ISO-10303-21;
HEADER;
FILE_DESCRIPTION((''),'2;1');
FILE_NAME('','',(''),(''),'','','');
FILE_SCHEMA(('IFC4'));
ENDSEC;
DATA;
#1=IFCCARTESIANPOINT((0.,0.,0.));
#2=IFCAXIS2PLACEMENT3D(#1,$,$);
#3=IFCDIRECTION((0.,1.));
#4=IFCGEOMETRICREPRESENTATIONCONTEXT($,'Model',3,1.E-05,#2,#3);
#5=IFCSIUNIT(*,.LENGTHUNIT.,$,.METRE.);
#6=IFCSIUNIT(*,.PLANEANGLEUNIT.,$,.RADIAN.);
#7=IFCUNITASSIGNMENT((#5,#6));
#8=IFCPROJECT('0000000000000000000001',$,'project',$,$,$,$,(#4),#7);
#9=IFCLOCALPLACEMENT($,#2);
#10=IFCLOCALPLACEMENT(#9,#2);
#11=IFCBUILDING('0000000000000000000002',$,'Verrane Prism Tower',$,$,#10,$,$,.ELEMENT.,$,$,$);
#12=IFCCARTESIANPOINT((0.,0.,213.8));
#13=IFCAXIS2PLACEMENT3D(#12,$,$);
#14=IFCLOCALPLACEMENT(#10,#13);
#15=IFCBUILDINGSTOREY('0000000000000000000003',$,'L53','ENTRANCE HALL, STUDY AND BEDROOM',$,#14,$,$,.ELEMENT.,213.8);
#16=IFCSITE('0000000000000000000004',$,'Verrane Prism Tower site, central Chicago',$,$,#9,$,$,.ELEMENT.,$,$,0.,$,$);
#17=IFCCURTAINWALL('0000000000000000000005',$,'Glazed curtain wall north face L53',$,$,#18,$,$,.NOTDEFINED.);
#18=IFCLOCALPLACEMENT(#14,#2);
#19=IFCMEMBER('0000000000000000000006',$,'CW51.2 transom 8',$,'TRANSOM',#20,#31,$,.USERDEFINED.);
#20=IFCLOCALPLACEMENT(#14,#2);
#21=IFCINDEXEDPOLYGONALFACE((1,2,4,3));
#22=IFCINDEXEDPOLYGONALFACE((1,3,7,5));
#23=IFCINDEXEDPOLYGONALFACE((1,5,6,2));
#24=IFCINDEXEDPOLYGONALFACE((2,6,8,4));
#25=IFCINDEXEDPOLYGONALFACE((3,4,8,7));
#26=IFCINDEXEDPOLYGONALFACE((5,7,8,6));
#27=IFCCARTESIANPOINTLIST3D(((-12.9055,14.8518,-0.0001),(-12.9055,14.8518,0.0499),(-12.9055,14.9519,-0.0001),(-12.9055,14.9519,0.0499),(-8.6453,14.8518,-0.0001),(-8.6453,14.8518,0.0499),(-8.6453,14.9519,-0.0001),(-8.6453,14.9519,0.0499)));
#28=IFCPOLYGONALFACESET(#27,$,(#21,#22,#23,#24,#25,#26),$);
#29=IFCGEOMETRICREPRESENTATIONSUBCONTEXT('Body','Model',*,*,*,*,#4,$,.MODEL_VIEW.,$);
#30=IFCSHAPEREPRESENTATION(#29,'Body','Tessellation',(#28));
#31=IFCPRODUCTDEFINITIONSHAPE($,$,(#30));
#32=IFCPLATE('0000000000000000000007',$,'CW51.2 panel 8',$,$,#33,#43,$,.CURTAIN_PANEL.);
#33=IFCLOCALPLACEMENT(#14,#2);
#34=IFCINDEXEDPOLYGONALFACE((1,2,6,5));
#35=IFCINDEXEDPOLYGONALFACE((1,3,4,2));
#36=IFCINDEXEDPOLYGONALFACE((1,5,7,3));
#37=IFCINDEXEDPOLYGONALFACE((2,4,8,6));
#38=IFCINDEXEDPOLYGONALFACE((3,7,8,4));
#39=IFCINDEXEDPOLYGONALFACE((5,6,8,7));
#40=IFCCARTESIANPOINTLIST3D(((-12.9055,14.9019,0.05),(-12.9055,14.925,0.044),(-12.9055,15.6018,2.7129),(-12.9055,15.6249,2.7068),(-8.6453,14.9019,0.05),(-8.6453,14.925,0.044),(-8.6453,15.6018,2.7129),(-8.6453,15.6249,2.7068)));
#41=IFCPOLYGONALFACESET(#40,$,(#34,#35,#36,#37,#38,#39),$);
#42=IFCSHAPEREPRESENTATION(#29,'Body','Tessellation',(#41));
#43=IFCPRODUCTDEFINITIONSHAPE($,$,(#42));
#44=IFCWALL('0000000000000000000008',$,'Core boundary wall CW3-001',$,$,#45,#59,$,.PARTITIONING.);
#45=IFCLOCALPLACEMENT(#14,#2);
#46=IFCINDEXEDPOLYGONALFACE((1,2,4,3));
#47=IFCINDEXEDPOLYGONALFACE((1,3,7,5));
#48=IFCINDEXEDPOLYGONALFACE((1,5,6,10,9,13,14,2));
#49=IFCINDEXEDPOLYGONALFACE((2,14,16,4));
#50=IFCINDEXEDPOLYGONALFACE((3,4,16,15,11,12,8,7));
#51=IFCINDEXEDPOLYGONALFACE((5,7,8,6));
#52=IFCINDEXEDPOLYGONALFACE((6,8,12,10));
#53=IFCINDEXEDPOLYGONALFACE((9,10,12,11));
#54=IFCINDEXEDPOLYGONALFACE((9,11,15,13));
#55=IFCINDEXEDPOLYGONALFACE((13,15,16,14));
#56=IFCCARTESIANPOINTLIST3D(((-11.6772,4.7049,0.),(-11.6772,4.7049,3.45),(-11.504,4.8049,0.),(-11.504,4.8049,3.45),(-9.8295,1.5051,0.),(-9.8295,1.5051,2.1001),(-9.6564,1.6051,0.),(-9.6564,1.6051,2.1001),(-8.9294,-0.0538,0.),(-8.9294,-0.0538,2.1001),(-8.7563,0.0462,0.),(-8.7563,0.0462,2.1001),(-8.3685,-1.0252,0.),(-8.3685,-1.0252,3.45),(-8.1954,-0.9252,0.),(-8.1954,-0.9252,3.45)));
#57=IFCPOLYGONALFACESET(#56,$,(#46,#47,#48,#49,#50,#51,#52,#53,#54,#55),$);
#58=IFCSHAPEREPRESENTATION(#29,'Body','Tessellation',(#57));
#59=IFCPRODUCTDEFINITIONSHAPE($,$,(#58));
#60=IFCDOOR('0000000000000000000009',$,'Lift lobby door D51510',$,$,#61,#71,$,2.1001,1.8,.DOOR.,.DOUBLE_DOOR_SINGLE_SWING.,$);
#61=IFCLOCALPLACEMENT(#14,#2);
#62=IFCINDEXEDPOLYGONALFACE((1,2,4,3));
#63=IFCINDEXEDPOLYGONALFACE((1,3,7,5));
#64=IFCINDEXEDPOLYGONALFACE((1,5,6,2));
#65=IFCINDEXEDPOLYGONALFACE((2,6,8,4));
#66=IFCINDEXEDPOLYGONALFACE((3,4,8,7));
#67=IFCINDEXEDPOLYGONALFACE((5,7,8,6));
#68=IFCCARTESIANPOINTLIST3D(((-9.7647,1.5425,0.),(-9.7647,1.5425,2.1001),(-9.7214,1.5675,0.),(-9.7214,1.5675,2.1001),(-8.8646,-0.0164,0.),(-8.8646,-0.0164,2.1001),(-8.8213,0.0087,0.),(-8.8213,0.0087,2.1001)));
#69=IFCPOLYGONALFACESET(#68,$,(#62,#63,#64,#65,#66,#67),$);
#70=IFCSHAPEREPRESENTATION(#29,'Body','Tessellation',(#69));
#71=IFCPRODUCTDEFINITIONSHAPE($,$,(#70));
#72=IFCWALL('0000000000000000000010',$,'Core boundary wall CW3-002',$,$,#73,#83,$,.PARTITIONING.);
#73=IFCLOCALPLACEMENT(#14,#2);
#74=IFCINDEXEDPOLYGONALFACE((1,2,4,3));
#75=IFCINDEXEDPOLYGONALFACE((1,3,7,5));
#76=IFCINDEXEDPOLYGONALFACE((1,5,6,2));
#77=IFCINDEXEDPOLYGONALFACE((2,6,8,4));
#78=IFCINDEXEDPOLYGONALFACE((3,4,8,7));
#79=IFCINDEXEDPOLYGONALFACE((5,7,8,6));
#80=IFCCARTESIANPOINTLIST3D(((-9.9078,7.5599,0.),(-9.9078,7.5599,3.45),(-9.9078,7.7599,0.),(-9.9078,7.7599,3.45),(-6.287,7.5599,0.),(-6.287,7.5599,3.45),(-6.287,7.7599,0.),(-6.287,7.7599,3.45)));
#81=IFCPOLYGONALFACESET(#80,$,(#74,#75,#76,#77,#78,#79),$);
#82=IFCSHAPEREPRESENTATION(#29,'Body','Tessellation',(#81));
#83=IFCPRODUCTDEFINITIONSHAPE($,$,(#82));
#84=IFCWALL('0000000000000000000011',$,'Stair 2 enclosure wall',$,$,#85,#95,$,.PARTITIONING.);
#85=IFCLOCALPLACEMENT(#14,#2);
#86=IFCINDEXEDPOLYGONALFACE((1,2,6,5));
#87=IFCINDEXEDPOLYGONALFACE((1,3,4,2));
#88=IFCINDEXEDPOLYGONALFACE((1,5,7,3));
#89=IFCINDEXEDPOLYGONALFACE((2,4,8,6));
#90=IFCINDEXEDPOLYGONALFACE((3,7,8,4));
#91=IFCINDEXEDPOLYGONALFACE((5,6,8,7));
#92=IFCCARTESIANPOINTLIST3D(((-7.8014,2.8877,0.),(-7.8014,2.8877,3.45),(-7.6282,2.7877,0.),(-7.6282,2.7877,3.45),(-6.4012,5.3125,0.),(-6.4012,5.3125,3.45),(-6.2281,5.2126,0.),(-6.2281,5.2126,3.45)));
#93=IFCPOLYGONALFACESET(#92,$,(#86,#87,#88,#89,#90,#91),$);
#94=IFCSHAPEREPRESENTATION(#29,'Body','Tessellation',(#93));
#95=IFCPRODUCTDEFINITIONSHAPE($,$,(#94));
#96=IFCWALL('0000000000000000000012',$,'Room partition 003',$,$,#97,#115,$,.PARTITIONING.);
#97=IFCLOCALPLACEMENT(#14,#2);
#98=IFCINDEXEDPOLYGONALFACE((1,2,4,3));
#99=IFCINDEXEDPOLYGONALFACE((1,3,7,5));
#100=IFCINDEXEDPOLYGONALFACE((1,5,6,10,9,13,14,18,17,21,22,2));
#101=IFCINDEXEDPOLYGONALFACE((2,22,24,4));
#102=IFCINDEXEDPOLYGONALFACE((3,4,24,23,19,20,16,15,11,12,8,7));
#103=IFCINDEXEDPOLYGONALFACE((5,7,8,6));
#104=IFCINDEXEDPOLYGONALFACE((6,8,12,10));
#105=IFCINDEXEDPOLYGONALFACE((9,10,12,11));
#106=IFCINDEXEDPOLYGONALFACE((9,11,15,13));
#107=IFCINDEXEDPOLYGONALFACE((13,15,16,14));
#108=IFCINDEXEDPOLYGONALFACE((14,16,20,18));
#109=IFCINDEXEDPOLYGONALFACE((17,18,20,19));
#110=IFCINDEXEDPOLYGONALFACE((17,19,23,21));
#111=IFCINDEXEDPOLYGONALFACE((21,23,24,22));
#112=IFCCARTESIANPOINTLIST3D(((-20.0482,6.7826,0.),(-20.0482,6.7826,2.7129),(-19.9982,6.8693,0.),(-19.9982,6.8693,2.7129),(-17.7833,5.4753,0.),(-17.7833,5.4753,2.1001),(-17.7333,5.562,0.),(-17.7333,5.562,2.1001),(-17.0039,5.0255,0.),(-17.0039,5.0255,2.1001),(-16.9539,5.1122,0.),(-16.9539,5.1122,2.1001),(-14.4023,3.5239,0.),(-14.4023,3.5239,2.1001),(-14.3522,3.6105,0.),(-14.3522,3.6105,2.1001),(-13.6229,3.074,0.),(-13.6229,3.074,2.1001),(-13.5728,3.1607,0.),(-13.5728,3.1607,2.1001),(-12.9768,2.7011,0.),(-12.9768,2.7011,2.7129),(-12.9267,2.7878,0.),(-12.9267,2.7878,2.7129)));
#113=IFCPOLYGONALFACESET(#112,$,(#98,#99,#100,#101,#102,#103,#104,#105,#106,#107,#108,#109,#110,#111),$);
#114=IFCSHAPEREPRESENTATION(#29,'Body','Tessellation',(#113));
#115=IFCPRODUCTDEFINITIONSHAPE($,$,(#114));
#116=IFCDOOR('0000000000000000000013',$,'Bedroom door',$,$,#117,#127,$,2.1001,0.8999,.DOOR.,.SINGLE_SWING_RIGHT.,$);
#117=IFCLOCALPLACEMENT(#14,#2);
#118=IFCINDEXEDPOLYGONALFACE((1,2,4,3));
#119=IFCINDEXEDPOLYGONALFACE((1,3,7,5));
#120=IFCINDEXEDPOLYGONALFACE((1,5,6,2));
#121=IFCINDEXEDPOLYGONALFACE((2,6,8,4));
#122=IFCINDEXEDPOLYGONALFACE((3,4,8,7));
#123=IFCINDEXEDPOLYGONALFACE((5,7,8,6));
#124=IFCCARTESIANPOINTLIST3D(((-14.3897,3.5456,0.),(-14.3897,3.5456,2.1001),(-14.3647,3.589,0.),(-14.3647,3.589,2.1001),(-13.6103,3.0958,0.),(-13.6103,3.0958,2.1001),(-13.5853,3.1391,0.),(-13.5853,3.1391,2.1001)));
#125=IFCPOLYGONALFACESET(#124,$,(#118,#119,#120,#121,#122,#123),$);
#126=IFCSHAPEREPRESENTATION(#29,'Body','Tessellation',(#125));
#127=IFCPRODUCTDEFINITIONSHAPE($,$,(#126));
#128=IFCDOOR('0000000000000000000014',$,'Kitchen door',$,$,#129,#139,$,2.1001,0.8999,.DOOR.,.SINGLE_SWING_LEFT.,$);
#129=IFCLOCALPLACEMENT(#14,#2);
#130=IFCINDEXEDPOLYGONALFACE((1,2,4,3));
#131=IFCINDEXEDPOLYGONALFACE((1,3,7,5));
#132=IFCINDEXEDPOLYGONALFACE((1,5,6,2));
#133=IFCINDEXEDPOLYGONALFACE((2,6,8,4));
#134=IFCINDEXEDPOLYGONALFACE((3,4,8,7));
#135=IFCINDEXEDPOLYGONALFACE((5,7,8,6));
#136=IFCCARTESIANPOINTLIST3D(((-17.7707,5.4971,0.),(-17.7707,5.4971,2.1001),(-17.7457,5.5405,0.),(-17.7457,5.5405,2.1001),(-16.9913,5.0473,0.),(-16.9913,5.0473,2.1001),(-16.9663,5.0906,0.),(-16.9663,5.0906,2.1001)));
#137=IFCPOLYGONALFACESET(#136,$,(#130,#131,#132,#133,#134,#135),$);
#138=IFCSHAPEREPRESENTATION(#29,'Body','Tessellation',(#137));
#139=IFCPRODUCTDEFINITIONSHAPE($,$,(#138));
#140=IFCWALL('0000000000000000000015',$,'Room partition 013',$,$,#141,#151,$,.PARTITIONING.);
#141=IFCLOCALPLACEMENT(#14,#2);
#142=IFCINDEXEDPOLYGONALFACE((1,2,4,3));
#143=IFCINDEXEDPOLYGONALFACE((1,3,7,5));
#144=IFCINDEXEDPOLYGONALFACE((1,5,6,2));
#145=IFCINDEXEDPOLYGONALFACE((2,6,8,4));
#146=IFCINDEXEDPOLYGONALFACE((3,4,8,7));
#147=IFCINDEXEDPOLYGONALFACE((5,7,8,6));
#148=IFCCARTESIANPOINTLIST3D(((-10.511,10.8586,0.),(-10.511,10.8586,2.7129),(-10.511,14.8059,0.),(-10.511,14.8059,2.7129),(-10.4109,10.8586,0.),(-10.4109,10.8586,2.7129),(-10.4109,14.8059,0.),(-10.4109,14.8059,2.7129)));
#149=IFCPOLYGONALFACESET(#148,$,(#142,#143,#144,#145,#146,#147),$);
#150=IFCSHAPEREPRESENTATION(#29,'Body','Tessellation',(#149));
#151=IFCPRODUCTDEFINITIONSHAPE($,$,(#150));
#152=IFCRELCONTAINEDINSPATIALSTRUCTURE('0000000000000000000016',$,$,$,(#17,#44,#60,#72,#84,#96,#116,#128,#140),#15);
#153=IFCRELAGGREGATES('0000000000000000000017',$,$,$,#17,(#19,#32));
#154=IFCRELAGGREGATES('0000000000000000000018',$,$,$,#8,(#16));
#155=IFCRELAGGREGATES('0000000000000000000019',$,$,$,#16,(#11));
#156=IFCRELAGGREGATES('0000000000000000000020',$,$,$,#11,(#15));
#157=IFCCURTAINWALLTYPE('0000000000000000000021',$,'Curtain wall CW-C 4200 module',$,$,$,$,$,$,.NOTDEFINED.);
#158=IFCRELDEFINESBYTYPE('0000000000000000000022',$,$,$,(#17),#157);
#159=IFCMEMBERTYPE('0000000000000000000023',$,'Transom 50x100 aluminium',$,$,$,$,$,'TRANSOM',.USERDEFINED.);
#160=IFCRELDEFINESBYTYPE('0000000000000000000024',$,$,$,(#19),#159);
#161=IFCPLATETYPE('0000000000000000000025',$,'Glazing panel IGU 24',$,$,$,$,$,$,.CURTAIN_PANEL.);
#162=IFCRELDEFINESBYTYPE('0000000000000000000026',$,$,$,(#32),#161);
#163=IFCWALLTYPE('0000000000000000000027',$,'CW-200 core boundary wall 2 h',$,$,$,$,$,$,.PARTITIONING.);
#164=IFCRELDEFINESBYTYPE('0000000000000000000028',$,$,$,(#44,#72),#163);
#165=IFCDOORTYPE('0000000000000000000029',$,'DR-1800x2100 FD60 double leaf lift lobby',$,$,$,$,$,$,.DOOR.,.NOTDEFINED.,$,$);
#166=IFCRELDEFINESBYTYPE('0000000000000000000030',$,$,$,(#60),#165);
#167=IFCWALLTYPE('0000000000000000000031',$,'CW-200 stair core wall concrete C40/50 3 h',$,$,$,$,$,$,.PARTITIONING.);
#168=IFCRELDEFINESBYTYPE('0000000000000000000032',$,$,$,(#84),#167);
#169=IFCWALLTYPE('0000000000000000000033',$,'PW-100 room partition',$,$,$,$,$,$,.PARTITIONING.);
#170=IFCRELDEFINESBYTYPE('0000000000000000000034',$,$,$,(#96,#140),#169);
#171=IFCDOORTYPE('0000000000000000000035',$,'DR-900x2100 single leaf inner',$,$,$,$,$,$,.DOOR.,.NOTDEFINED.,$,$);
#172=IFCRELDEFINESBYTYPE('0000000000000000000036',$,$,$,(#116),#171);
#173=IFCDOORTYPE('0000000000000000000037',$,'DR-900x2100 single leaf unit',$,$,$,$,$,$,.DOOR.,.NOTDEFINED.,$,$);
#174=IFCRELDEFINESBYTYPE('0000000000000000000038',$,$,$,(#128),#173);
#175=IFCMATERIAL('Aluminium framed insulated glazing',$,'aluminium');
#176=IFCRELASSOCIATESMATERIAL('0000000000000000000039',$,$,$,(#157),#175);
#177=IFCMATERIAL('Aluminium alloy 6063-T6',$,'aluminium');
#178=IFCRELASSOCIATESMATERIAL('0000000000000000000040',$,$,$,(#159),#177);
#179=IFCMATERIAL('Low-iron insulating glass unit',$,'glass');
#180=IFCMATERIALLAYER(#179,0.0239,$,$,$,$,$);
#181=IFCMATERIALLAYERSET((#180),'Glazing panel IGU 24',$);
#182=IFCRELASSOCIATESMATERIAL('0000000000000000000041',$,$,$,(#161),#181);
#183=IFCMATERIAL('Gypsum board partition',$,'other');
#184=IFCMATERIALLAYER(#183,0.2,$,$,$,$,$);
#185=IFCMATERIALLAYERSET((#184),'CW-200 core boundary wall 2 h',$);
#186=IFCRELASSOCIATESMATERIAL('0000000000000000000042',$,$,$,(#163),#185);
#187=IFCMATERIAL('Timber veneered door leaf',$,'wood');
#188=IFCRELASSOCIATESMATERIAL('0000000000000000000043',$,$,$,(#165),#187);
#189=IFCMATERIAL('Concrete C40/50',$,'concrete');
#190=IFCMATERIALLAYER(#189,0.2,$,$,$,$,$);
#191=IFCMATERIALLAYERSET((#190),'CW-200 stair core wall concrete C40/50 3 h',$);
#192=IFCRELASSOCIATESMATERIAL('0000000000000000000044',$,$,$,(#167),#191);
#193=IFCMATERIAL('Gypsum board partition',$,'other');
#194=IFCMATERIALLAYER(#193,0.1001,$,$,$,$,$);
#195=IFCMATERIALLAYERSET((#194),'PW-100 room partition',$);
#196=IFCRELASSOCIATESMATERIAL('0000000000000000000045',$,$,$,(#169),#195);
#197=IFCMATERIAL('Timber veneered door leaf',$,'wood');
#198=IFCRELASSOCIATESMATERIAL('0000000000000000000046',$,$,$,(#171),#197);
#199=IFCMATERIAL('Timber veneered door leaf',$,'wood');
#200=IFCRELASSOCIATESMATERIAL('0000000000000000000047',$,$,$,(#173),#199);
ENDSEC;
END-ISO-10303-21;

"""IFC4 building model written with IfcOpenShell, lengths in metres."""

from ifc_helpers import new_model, si_unit, direction, frame, frame_2d, origin, origin_2d, place, context, subcontext, project, spatial, polyline, rectangle, outline, extrude, material, layer, layer_set, material_profile, profile_set, type_object, element, fill, aggregate, save


model = new_model("IFC4")

# Units and contexts
model_context = context("Model", 3, precision=1e-05, world=origin(), true_north=direction((0.0, 1.0)))
body_context = subcontext(model_context, "Body", "Model", "MODEL_VIEW")
ifc_project = project(units=[si_unit("LENGTHUNIT", "METRE"), si_unit("PLANEANGLEUNIT", "RADIAN")], contexts=[model_context])

# Site, building, storey
site_placement = place(None, origin())
site = spatial("IfcSite", under=ifc_project, at=site_placement, Name="Verrane Prism Tower site, central Chicago", CompositionType="ELEMENT", RefElevation=0.0)
building_placement = place(site_placement, origin())
building = spatial("IfcBuilding", under=site, at=building_placement, Name="Verrane Prism Tower", CompositionType="ELEMENT")
storey_placement = place(building_placement, frame((0.0, 0.0, 213.8)))
storey = spatial("IfcBuildingStorey", under=building, at=storey_placement, Name="L53", Description="ENTRANCE HALL, STUDY AND BEDROOM", CompositionType="ELEMENT", Elevation=213.8)

# Curtain wall, member, plate
ifc_material_1 = material(Name="Aluminium framed insulated glazing", Category="aluminium")
curtain_wall_type = type_object("IfcCurtainWallType", Name="Curtain wall CW-C 4200 module", PredefinedType="NOTDEFINED", material=ifc_material_1)
curtain_wall_placement = place(storey_placement, origin())
curtain_wall = element("IfcCurtainWall", 1, at=curtain_wall_placement, inside=storey, type_object=curtain_wall_type, Name="Glazed curtain wall north face L53", PredefinedType="NOTDEFINED")
ifc_material_2 = material(Name="Aluminium alloy 6063-T6", Category="aluminium")
ifc_material_profile_1 = material_profile(ifc_material_2, rectangle(XDim=0.1001, YDim=0.05, at=origin_2d()), Name="Transom 50x100 aluminium")
ifc_profile_set_1 = profile_set([ifc_material_profile_1], Name="Aluminium alloy 6063-T6")
member_type_1 = type_object("IfcMemberType", Name="Transom 50x100 aluminium", ElementType="TRANSOM", PredefinedType="USERDEFINED", material=ifc_profile_set_1)
member_1_placement = place(storey_placement, frame((-8.6453, 14.9019, 0.0249), z_axis=(-1.0, 0.0, 0.0), x_axis=(0.0, -1.0, 0.0)))
member_1 = element("IfcMember", 2, at=member_1_placement, type_object=member_type_1, Name="CW51.2 transom 8", ObjectType="TRANSOM", PredefinedType="USERDEFINED", context=body_context, shape_type="SweptSolid", body=[
    extrude(rectangle(XDim=0.1001, YDim=0.05, at=origin_2d()), origin(), (0.0, 0.0, 1.0), 4.2603),
])
ifc_material_3 = material(Name="Low-iron insulating glass unit", Category="glass")
ifc_layer_1 = layer(ifc_material_3, 0.0239)
ifc_layer_set_1 = layer_set([ifc_layer_1], Name="Glazing panel IGU 24")
plate_type = type_object("IfcPlateType", Name="Glazing panel IGU 24", PredefinedType="CURTAIN_PANEL", material=ifc_layer_set_1)
plate_placement = place(storey_placement, frame((-8.6453, 14.9019, 0.05), z_axis=(0.0, -0.967146, 0.254223), x_axis=(-1.0, 0.0, 0.0)))
plate = element("IfcPlate", 3, at=plate_placement, type_object=plate_type, Name="CW51.2 panel 8", PredefinedType="CURTAIN_PANEL", context=body_context, shape_type="SweptSolid", body=[
    extrude(outline(polyline([(0.0, 0.0), (4.2603, 0.0), (4.2603, -2.7533), (0.0, -2.7533), (0.0, 0.0)])), origin(), (0.0, 0.0, -1.0), 0.0239),
])
aggregate(curtain_wall, [member_1, plate])

# Wall, opening, door
ifc_material_4 = material(Name="Gypsum board partition", Category="other")
ifc_layer_2 = layer(ifc_material_4, 0.2)
ifc_layer_set_2 = layer_set([ifc_layer_2], Name="CW-200 core boundary wall 2 h")
wall_type_1 = type_object("IfcWallType", Name="CW-200 core boundary wall 2 h", PredefinedType="PARTITIONING", material=ifc_layer_set_2)
wall_1_placement = place(storey_placement, frame((-11.5906, 4.7549, 0.0), z_axis=(0.0, 0.0, 1.0), x_axis=(0.500044, -0.866, 0.0)))
wall_1 = element("IfcWall", 4, at=wall_1_placement, inside=storey, type_object=wall_type_1, Name="Core boundary wall CW3-001", PredefinedType="PARTITIONING", context=body_context, shape_type="SweptSolid", body=[
    extrude(rectangle(XDim=6.6167, YDim=0.2, at=frame_2d((3.3083, 0.0))), origin(), (0.0, 0.0, 1.0), 3.45),
])
opening_1_placement = place(wall_1_placement, frame((3.6951, 0.0, 0.0)))
opening_1 = element("IfcOpeningElement", 5, at=opening_1_placement, cuts=wall_1, PredefinedType="OPENING", context=body_context, shape_type="SweptSolid", body=[
    extrude(rectangle(XDim=1.8, YDim=2.1001, at=frame_2d((0.8999, 1.05))), frame((0.0, 0.1099, 0.0), z_axis=(0.0, -1.0, 0.0), x_axis=(1.0, 0.0, 0.0)), (0.0, 0.0, 1.0), 0.22),
])
ifc_material_5 = material(Name="Timber veneered door leaf", Category="wood")
door_type_1 = type_object("IfcDoorType", Name="DR-1800x2100 FD60 double leaf lift lobby", OperationType="NOTDEFINED", PredefinedType="DOOR", material=ifc_material_5)
door_1_placement = place(opening_1_placement, origin())
door_1 = element("IfcDoor", 6, at=door_1_placement, inside=storey, type_object=door_type_1, Name="Lift lobby door D51510", OperationType="DOUBLE_DOOR_SINGLE_SWING", OverallHeight=2.1001, OverallWidth=1.8, PredefinedType="DOOR", context=body_context, shape_type="SweptSolid", body=[
    extrude(rectangle(XDim=1.8, YDim=2.1001, at=frame_2d((0.8999, 1.05))), frame((0.0, 0.0249, 0.0), z_axis=(0.0, -1.0, 0.0), x_axis=(1.0, 0.0, 0.0)), (0.0, 0.0, 1.0), 0.05),
])
fill(opening_1, door_1)

# Walls
wall_2_placement = place(storey_placement, frame((-9.908, 7.6599, 0.0), z_axis=(0.0, 0.0, 1.0), x_axis=(1.0, 0.0, 0.0)))
element("IfcWall", 7, at=wall_2_placement, inside=storey, type_object=wall_type_1, Name="Core boundary wall CW3-002", PredefinedType="PARTITIONING", context=body_context, shape_type="SweptSolid", body=[
    extrude(rectangle(XDim=3.6208, YDim=0.2, at=frame_2d((1.8105, 0.0))), origin(), (0.0, 0.0, 1.0), 3.45),
])
ifc_material_6 = material(Name="Concrete C40/50", Category="concrete")
ifc_layer_3 = layer(ifc_material_6, 0.2)
ifc_layer_set_3 = layer_set([ifc_layer_3], Name="CW-200 stair core wall concrete C40/50 3 h")
wall_type_2 = type_object("IfcWallType", Name="CW-200 stair core wall concrete C40/50 3 h", PredefinedType="PARTITIONING", material=ifc_layer_set_3)
wall_3_placement = place(storey_placement, frame((-6.3147, 5.2625, 0.0), z_axis=(0.0, 0.0, 1.0), x_axis=(-0.50005, -0.865997, 0.0)))
element("IfcWall", 8, at=wall_3_placement, inside=storey, type_object=wall_type_2, Name="Stair 2 enclosure wall", PredefinedType="PARTITIONING", context=body_context, shape_type="SweptSolid", body=[
    extrude(rectangle(XDim=2.8, YDim=0.2, at=frame_2d((1.3999, 0.0))), origin(), (0.0, 0.0, 1.0), 3.45),
])

# Wall, openings, doors
ifc_material_7 = material(Name="Gypsum board partition", Category="other")
ifc_layer_4 = layer(ifc_material_7, 0.1001)
ifc_layer_set_4 = layer_set([ifc_layer_4], Name="PW-100 room partition")
wall_type_3 = type_object("IfcWallType", Name="PW-100 room partition", PredefinedType="PARTITIONING", material=ifc_layer_set_4)
wall_4_placement = place(storey_placement, frame((-12.9517, 2.7444, 0.0), z_axis=(0.0, 0.0, 1.0), x_axis=(-0.866089, 0.499889, 0.0)))
wall_4 = element("IfcWall", 9, at=wall_4_placement, inside=storey, type_object=wall_type_3, Name="Room partition 003", PredefinedType="PARTITIONING", context=body_context, shape_type="SweptSolid", body=[
    extrude(rectangle(XDim=8.1648, YDim=0.1001, at=frame_2d((4.0825, 0.0))), origin(), (0.0, 0.0, 1.0), 2.7129),
])
opening_2_placement = place(wall_4_placement, frame((4.6499, 0.0, 0.0)))
opening_2 = element("IfcOpeningElement", 10, at=opening_2_placement, cuts=wall_4, PredefinedType="OPENING", context=body_context, shape_type="SweptSolid", body=[
    extrude(rectangle(XDim=0.8999, YDim=2.1001, at=frame_2d((0.45, 1.05))), frame((0.0, 0.0601, 0.0), z_axis=(0.0, -1.0, 0.0), x_axis=(1.0, 0.0, 0.0)), (0.0, 0.0, 1.0), 0.1201),
])
opening_3_placement = place(wall_4_placement, frame((0.7461, 0.0, 0.0)))
opening_3 = element("IfcOpeningElement", 11, at=opening_3_placement, cuts=wall_4, PredefinedType="OPENING", context=body_context, shape_type="SweptSolid", body=[
    extrude(rectangle(XDim=0.8999, YDim=2.1001, at=frame_2d((0.45, 1.05))), frame((0.0, 0.0601, 0.0), z_axis=(0.0, -1.0, 0.0), x_axis=(1.0, 0.0, 0.0)), (0.0, 0.0, 1.0), 0.1201),
])
ifc_material_8 = material(Name="Timber veneered door leaf", Category="wood")
door_type_2 = type_object("IfcDoorType", Name="DR-900x2100 single leaf inner", OperationType="NOTDEFINED", PredefinedType="DOOR", material=ifc_material_8)
door_2_placement = place(opening_3_placement, origin())
door_2 = element("IfcDoor", 12, at=door_2_placement, inside=storey, type_object=door_type_2, Name="Bedroom door", OperationType="SINGLE_SWING_RIGHT", OverallHeight=2.1001, OverallWidth=0.8999, PredefinedType="DOOR", context=body_context, shape_type="SweptSolid", body=[
    extrude(rectangle(XDim=0.8999, YDim=2.1001, at=frame_2d((0.45, 1.05))), frame((0.0, 0.0249, 0.0), z_axis=(0.0, -1.0, 0.0), x_axis=(1.0, 0.0, 0.0)), (0.0, 0.0, 1.0), 0.05),
])
fill(opening_3, door_2)
ifc_material_9 = material(Name="Timber veneered door leaf", Category="wood")
door_type_3 = type_object("IfcDoorType", Name="DR-900x2100 single leaf unit", OperationType="NOTDEFINED", PredefinedType="DOOR", material=ifc_material_9)
door_3_placement = place(opening_2_placement, origin())
door_3 = element("IfcDoor", 13, at=door_3_placement, inside=storey, type_object=door_type_3, Name="Kitchen door", OperationType="SINGLE_SWING_LEFT", OverallHeight=2.1001, OverallWidth=0.8999, PredefinedType="DOOR", context=body_context, shape_type="SweptSolid", body=[
    extrude(rectangle(XDim=0.8999, YDim=2.1001, at=frame_2d((0.45, 1.05))), frame((0.0, 0.0249, 0.0), z_axis=(0.0, -1.0, 0.0), x_axis=(1.0, 0.0, 0.0)), (0.0, 0.0, 1.0), 0.05),
])
fill(opening_2, door_3)

# Wall
wall_5_placement = place(storey_placement, frame((-10.4609, 10.8586, 0.0), z_axis=(0.0, 0.0, 1.0), x_axis=(0.0, 1.0, 0.0)))
element("IfcWall", 14, at=wall_5_placement, inside=storey, type_object=wall_type_3, Name="Room partition 013", PredefinedType="PARTITIONING", context=body_context, shape_type="SweptSolid", body=[
    extrude(rectangle(XDim=3.9473, YDim=0.1001, at=frame_2d((1.9736, 0.0))), origin(), (0.0, 0.0, 1.0), 2.7129),
])

save(model, "model.ifc")
